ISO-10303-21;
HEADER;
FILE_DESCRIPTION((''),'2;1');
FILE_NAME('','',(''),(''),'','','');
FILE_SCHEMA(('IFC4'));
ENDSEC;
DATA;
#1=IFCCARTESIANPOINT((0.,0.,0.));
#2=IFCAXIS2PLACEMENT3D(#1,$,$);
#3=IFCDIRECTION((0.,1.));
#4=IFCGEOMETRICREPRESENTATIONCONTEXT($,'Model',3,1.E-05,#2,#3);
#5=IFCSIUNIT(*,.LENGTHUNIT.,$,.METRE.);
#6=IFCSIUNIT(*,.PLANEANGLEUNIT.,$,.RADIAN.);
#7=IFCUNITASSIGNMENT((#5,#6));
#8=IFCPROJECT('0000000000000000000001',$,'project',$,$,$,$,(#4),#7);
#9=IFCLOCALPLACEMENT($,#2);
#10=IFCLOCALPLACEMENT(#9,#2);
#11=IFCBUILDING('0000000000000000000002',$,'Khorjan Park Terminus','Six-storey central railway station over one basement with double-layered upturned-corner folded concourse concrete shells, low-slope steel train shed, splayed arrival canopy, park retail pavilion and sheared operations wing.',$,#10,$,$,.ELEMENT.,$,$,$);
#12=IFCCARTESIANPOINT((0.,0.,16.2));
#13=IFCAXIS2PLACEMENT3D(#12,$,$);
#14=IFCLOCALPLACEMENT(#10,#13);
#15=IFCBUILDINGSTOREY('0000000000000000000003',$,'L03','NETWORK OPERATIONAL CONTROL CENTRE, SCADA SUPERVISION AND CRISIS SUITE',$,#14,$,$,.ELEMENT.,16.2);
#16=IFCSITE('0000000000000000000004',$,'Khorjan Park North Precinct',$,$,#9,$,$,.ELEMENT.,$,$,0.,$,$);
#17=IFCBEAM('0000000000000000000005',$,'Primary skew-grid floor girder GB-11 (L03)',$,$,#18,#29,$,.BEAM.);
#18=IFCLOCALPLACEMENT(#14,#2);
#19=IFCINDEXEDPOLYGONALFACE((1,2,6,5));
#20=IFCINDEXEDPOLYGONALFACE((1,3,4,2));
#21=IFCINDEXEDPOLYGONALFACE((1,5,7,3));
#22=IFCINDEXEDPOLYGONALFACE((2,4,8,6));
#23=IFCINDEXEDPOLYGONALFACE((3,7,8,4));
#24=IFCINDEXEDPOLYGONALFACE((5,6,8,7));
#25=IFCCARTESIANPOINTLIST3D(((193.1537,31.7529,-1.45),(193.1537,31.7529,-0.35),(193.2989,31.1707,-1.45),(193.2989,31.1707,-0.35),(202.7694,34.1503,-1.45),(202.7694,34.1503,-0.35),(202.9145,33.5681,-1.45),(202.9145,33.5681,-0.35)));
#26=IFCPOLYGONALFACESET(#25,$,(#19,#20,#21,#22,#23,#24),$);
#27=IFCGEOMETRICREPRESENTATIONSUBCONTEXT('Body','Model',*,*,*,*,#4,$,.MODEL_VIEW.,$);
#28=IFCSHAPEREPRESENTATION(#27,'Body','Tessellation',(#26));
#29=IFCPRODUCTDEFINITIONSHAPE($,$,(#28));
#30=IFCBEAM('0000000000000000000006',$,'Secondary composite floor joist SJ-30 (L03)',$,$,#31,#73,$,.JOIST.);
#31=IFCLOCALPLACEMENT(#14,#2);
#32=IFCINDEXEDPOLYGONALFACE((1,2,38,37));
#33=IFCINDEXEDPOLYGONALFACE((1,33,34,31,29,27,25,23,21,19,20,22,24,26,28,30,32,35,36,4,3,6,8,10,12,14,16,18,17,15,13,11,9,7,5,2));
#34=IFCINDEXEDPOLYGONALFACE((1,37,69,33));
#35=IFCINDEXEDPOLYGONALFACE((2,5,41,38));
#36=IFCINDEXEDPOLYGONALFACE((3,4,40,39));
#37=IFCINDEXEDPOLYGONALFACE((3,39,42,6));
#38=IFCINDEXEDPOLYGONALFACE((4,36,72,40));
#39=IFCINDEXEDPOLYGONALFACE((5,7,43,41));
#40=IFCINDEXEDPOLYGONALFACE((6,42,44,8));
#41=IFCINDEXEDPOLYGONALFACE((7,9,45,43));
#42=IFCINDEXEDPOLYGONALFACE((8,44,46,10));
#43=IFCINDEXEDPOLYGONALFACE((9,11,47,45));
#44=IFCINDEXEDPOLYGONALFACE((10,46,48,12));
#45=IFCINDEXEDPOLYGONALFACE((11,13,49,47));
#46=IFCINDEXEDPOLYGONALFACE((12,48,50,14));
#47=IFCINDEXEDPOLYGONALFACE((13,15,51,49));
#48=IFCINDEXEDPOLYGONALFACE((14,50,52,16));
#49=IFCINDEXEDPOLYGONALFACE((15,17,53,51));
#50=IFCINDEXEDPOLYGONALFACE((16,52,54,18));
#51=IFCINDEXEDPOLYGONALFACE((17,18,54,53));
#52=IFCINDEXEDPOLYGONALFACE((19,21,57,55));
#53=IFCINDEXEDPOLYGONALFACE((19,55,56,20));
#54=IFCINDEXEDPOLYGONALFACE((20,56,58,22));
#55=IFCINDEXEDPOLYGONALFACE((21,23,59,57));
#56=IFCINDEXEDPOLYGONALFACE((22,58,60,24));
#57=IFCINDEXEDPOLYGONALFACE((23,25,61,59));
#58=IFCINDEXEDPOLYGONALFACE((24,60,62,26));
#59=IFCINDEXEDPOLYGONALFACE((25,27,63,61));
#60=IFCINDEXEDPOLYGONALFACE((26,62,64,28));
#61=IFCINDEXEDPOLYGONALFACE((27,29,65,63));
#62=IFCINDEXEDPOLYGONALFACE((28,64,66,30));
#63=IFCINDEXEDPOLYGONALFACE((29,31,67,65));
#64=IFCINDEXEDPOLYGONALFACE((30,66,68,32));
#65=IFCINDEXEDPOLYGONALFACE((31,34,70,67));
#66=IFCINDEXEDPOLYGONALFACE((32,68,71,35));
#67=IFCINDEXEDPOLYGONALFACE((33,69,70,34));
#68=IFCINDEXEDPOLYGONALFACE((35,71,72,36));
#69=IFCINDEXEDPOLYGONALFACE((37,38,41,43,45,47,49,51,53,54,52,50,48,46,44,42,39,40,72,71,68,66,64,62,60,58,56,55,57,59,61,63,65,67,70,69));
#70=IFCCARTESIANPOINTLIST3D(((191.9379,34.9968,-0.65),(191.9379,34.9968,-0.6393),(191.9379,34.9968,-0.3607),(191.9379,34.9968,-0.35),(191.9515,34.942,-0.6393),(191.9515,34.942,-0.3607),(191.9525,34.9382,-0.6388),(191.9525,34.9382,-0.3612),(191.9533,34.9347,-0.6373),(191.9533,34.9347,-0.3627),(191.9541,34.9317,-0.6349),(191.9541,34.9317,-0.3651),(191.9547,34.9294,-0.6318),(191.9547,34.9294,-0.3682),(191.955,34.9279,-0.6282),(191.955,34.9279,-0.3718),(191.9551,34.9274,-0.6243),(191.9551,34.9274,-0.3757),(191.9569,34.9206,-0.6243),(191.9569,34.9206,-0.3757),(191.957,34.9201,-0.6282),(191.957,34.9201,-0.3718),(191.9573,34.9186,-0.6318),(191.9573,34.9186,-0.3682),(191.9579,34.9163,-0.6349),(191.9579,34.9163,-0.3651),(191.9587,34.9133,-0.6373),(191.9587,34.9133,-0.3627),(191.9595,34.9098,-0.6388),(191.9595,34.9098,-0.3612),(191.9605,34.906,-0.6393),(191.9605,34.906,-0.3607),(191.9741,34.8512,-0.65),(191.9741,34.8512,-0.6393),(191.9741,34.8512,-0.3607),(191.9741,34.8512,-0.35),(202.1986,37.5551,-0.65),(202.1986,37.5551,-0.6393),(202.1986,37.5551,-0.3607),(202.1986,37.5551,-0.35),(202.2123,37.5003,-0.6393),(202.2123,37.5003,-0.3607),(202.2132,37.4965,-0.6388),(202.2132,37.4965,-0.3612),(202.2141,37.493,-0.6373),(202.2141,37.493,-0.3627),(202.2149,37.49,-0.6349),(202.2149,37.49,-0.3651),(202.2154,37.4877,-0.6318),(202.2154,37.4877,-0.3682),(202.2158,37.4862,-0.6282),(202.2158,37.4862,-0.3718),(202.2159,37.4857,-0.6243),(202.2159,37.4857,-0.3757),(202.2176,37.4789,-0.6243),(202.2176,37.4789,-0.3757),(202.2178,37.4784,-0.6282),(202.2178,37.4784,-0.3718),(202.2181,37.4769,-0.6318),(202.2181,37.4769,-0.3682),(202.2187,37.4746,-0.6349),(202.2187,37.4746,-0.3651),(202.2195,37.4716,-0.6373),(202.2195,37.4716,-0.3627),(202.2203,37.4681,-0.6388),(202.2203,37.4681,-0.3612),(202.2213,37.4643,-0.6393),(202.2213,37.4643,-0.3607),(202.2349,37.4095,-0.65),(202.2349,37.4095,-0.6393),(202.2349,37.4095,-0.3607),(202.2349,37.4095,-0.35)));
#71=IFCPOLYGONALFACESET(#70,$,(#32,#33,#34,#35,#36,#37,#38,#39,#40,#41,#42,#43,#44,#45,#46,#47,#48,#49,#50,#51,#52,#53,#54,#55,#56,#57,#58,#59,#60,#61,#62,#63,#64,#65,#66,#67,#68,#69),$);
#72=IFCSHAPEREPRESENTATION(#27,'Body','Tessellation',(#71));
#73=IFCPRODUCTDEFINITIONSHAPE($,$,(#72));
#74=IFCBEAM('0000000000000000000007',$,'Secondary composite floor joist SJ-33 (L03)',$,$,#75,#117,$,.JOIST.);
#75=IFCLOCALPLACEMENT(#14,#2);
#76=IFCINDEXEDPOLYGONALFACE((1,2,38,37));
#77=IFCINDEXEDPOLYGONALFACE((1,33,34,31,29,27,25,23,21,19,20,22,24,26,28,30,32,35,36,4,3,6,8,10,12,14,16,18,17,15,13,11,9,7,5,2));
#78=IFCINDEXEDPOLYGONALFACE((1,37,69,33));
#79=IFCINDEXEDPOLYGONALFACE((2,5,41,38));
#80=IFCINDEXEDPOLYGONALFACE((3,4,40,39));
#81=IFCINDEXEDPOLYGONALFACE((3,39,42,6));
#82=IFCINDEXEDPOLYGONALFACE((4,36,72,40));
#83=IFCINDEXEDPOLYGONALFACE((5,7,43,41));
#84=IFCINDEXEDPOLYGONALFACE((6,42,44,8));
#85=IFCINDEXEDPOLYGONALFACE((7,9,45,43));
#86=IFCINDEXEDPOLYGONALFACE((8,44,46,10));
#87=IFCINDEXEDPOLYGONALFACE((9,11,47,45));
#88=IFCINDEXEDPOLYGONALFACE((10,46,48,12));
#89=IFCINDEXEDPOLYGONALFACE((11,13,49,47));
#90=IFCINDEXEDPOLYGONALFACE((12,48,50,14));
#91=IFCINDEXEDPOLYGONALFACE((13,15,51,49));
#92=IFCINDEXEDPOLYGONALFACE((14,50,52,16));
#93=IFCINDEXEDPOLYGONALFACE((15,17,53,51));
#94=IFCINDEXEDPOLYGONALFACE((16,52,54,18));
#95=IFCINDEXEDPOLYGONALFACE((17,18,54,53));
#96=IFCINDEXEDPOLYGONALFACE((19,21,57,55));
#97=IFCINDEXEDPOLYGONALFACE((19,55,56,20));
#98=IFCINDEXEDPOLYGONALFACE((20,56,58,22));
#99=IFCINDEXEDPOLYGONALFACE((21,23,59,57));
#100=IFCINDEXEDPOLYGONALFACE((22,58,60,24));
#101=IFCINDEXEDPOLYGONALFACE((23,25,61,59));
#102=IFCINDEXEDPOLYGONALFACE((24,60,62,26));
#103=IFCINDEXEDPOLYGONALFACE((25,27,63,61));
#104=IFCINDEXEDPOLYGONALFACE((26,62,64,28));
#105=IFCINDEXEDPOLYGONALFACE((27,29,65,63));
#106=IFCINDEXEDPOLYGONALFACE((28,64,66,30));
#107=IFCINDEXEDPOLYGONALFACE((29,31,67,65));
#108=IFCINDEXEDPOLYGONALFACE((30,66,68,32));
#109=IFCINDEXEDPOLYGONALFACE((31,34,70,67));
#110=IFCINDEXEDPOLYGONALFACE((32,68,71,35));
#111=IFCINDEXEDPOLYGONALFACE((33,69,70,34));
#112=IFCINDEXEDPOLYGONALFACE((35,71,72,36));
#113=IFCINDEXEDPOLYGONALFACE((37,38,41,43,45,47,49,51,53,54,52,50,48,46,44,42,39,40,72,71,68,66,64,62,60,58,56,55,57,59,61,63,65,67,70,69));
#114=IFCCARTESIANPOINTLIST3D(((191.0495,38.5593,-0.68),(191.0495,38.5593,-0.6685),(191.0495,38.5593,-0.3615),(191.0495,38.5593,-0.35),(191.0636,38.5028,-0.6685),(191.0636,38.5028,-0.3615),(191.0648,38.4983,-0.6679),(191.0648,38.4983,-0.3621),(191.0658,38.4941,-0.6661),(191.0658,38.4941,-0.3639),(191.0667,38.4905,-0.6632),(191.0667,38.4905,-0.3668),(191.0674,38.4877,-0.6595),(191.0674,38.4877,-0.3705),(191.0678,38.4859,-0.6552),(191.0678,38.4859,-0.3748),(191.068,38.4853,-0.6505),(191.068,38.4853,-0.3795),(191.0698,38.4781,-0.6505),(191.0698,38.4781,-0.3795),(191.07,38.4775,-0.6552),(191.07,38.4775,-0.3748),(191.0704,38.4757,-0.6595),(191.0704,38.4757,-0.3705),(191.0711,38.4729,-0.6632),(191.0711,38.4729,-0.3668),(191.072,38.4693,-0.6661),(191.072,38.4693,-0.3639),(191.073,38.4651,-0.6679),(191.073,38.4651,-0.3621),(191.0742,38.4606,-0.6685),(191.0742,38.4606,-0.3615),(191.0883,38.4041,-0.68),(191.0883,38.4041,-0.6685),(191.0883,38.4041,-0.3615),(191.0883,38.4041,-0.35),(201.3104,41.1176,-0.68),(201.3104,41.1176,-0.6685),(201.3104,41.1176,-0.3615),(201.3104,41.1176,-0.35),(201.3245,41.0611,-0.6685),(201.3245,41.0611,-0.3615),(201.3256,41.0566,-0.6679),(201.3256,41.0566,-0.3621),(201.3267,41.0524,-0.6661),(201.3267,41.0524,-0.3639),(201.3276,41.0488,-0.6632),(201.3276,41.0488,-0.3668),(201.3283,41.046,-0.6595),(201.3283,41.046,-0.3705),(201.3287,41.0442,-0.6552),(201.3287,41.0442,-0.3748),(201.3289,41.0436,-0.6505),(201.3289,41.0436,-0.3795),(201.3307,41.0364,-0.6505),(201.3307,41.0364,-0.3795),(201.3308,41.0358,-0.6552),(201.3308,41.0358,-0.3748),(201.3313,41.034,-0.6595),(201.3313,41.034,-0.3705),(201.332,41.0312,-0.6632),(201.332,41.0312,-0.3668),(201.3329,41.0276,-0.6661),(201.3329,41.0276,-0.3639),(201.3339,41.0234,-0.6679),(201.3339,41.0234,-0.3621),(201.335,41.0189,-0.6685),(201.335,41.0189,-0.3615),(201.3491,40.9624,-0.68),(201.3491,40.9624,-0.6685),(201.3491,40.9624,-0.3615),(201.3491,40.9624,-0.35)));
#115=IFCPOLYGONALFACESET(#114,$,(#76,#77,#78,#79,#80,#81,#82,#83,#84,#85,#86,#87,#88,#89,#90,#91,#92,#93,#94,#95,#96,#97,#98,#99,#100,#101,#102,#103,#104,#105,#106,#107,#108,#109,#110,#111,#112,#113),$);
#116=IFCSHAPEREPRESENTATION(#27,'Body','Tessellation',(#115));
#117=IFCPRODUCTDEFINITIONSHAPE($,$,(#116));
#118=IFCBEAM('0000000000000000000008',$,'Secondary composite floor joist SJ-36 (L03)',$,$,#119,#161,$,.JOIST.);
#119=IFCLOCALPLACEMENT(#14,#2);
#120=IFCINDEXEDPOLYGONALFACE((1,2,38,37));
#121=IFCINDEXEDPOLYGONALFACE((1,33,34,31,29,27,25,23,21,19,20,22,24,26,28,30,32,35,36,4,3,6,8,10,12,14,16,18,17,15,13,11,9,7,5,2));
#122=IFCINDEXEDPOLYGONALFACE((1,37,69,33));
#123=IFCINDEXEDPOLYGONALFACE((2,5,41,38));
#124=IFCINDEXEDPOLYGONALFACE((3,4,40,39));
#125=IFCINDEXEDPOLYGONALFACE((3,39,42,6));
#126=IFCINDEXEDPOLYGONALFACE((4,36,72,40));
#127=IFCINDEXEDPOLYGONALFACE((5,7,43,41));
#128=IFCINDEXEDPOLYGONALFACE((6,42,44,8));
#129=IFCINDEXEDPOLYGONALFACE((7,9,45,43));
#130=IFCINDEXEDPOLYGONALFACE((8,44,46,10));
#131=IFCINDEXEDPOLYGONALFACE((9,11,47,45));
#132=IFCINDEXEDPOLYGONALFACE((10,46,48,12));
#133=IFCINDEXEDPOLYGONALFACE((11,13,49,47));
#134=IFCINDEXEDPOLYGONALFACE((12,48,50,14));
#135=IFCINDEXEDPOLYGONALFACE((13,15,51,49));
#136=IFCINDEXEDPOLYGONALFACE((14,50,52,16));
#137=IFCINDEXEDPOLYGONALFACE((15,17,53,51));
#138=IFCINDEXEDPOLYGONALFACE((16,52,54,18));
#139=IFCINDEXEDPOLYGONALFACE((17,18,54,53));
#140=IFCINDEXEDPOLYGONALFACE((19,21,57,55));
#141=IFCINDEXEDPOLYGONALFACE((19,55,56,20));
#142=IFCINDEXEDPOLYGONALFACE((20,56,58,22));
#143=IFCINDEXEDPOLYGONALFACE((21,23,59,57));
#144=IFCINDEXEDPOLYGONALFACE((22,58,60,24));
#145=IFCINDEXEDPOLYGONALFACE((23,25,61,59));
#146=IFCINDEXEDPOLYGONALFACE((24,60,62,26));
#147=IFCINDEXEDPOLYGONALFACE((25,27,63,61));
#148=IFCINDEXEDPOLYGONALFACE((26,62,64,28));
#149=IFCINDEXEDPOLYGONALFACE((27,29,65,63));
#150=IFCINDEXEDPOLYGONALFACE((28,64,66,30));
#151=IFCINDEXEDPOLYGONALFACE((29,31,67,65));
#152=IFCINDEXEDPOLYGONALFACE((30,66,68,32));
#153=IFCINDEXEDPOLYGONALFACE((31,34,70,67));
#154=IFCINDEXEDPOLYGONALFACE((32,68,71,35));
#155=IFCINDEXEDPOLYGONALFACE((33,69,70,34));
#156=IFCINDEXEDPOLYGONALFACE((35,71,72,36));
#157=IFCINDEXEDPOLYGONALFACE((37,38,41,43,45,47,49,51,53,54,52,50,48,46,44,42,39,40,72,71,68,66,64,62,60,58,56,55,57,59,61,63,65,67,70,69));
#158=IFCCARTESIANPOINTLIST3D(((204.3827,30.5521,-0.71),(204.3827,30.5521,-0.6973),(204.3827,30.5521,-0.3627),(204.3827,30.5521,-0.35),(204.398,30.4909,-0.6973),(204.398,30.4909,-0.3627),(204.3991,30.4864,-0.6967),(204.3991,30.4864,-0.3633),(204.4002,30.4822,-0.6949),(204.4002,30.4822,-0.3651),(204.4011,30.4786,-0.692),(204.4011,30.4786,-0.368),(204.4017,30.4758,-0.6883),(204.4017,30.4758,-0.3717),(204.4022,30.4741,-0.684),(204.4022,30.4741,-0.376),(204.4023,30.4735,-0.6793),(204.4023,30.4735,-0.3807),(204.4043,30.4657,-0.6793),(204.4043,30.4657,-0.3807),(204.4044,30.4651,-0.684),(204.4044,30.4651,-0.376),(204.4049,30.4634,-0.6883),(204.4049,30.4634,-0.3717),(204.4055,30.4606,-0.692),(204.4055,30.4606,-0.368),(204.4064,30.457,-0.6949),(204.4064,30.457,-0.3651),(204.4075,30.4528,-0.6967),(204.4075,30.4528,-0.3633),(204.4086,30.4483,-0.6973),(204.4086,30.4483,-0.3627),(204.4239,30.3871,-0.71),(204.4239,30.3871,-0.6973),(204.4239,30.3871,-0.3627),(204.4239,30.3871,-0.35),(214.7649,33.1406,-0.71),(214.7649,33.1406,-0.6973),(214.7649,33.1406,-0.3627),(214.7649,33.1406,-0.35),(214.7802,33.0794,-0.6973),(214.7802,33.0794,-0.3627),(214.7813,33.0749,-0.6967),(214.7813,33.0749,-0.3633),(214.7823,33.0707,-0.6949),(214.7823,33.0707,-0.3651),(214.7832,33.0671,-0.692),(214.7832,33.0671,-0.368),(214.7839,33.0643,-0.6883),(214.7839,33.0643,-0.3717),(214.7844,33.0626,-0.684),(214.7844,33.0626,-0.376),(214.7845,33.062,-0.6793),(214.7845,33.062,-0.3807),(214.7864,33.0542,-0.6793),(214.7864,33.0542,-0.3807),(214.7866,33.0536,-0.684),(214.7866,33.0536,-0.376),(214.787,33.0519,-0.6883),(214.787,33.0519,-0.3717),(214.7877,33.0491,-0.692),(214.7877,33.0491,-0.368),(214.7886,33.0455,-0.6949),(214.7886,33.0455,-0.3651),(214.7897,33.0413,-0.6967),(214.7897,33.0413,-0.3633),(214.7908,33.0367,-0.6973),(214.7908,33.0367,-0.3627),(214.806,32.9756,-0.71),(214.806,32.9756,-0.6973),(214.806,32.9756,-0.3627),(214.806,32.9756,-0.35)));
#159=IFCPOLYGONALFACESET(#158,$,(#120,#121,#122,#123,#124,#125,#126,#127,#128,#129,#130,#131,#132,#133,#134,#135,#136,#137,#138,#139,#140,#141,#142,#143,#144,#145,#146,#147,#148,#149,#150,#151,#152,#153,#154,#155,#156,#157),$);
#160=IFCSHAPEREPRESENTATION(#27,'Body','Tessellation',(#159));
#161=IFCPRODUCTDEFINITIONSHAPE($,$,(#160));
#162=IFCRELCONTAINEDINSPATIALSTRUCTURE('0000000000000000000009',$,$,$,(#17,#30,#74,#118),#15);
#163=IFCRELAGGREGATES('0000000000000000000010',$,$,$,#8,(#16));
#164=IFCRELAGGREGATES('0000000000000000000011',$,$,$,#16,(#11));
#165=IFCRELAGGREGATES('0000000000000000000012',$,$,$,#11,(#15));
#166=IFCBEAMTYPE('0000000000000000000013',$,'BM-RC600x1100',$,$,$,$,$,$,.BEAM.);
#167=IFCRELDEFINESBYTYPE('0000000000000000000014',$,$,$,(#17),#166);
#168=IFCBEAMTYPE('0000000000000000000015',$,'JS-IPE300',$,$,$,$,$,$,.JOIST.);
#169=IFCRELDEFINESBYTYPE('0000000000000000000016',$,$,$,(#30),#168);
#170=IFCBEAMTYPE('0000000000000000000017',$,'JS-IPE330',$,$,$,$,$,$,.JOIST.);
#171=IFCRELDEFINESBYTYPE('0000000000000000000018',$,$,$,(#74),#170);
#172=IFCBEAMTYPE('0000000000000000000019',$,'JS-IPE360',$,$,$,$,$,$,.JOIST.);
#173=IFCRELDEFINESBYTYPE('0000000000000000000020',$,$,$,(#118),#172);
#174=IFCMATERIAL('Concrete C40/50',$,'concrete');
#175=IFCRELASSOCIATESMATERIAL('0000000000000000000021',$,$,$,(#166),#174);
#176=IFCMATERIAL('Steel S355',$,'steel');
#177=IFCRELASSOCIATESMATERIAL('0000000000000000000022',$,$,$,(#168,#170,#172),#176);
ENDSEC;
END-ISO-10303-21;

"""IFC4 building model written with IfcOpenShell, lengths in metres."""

from ifc_helpers import new_model, si_unit, direction, frame, origin, origin_2d, place, context, subcontext, project, spatial, rectangle, i_section, extrude, material, material_profile, profile_set, type_object, element, save


model = new_model("IFC4")

# Units and contexts
model_context = context("Model", 3, precision=1e-05, world=origin(), true_north=direction((0.0, 1.0)))
body_context = subcontext(model_context, "Body", "Model", "MODEL_VIEW")
ifc_project = project(units=[si_unit("LENGTHUNIT", "METRE"), si_unit("PLANEANGLEUNIT", "RADIAN")], contexts=[model_context])

# Site, building, storey
site_placement = place(None, origin())
site = spatial("IfcSite", under=ifc_project, at=site_placement, Name="Khorjan Park North Precinct", CompositionType="ELEMENT", RefElevation=0.0)
building_placement = place(site_placement, origin())
building = spatial("IfcBuilding", under=site, at=building_placement, Name="Khorjan Park Terminus", Description="Six-storey central railway station over one basement with double-layered upturned-corner folded concourse concrete shells, low-slope steel train shed, splayed arrival canopy, park retail pavilion and sheared operations wing.", CompositionType="ELEMENT")
storey_placement = place(building_placement, frame((0.0, 0.0, 16.2)))
storey = spatial("IfcBuildingStorey", under=building, at=storey_placement, Name="L03", Description="NETWORK OPERATIONAL CONTROL CENTRE, SCADA SUPERVISION AND CRISIS SUITE", CompositionType="ELEMENT", Elevation=16.2)

# Beams
ifc_material_1 = material(Name="Steel S355", Category="steel")
ifc_material_2 = material(Name="Concrete C40/50", Category="concrete")
ifc_material_profile_1 = material_profile(ifc_material_2, rectangle(XDim=0.6, YDim=1.1, at=origin_2d()), Name="RC 600x1100")
ifc_profile_set_1 = profile_set([ifc_material_profile_1], Name="Concrete C40/50")
beam_type_1 = type_object("IfcBeamType", Name="BM-RC600x1100", PredefinedType="BEAM", material=ifc_profile_set_1)
beam_1_placement = place(storey_placement, frame((193.2263, 31.4618, -0.9), z_axis=(0.970297, 0.241918, 0.0), x_axis=(-0.241918, 0.970297, 0.0)))
element("IfcBeam", 1, at=beam_1_placement, inside=storey, type_object=beam_type_1, Name="Primary skew-grid floor girder GB-11 (L03)", PredefinedType="BEAM", context=body_context, shape_type="SweptSolid", body=[
    extrude(rectangle(XDim=0.6, YDim=1.1, at=origin_2d()), origin(), (0.0, 0.0, 1.0), 9.91),
])
ifc_material_profile_2 = material_profile(ifc_material_1, i_section(OverallWidth=0.15, OverallDepth=0.3, WebThickness=0.0071, FlangeThickness=0.0107, FilletRadius=0.015, at=origin_2d()), Name="IPE 300")
ifc_profile_set_2 = profile_set([ifc_material_profile_2], Name="Steel S355")
beam_type_2 = type_object("IfcBeamType", Name="JS-IPE300", PredefinedType="JOIST", material=ifc_profile_set_2)
beam_2_placement = place(storey_placement, frame((191.956, 34.924, -0.5), z_axis=(0.970296, 0.241921, 0.0), x_axis=(-0.241921, 0.970296, 0.0)))
element("IfcBeam", 2, at=beam_2_placement, inside=storey, type_object=beam_type_2, Name="Secondary composite floor joist SJ-30 (L03)", PredefinedType="JOIST", context=body_context, shape_type="SweptSolid", body=[
    extrude(i_section(OverallWidth=0.15, OverallDepth=0.3, WebThickness=0.0071, FlangeThickness=0.0107, FilletRadius=0.015, at=origin_2d()), origin(), (0.0, 0.0, 1.0), 10.5749),
])
ifc_material_profile_3 = material_profile(ifc_material_1, i_section(OverallWidth=0.16, OverallDepth=0.33, WebThickness=0.0075, FlangeThickness=0.0115, FilletRadius=0.018, at=origin_2d()), Name="IPE 330")
ifc_profile_set_3 = profile_set([ifc_material_profile_3], Name="Steel S355")
beam_type_3 = type_object("IfcBeamType", Name="JS-IPE330", PredefinedType="JOIST", material=ifc_profile_set_3)
beam_3_placement = place(storey_placement, frame((191.0689, 38.4817, -0.515), z_axis=(0.970296, 0.241919, 0.0), x_axis=(-0.241919, 0.970296, 0.0)))
element("IfcBeam", 3, at=beam_3_placement, inside=storey, type_object=beam_type_3, Name="Secondary composite floor joist SJ-33 (L03)", PredefinedType="JOIST", context=body_context, shape_type="SweptSolid", body=[
    extrude(i_section(OverallWidth=0.16, OverallDepth=0.33, WebThickness=0.0075, FlangeThickness=0.0115, FilletRadius=0.018, at=origin_2d()), origin(), (0.0, 0.0, 1.0), 10.575),
])
ifc_material_profile_4 = material_profile(ifc_material_1, i_section(OverallWidth=0.17, OverallDepth=0.36, WebThickness=0.008, FlangeThickness=0.0127, FilletRadius=0.018, at=origin_2d()), Name="IPE 360")
ifc_profile_set_4 = profile_set([ifc_material_profile_4], Name="Steel S355")
beam_type_4 = type_object("IfcBeamType", Name="JS-IPE360", PredefinedType="JOIST", material=ifc_profile_set_4)
beam_4_placement = place(storey_placement, frame((204.4033, 30.4696, -0.53), z_axis=(0.970297, 0.241915, 0.0), x_axis=(-0.241915, 0.970297, 0.0)))
element("IfcBeam", 4, at=beam_4_placement, inside=storey, type_object=beam_type_4, Name="Secondary composite floor joist SJ-36 (L03)", PredefinedType="JOIST", context=body_context, shape_type="SweptSolid", body=[
    extrude(i_section(OverallWidth=0.17, OverallDepth=0.36, WebThickness=0.008, FlangeThickness=0.0127, FilletRadius=0.018, at=origin_2d()), origin(), (0.0, 0.0, 1.0), 10.7),
])

save(model, "model.ifc")
